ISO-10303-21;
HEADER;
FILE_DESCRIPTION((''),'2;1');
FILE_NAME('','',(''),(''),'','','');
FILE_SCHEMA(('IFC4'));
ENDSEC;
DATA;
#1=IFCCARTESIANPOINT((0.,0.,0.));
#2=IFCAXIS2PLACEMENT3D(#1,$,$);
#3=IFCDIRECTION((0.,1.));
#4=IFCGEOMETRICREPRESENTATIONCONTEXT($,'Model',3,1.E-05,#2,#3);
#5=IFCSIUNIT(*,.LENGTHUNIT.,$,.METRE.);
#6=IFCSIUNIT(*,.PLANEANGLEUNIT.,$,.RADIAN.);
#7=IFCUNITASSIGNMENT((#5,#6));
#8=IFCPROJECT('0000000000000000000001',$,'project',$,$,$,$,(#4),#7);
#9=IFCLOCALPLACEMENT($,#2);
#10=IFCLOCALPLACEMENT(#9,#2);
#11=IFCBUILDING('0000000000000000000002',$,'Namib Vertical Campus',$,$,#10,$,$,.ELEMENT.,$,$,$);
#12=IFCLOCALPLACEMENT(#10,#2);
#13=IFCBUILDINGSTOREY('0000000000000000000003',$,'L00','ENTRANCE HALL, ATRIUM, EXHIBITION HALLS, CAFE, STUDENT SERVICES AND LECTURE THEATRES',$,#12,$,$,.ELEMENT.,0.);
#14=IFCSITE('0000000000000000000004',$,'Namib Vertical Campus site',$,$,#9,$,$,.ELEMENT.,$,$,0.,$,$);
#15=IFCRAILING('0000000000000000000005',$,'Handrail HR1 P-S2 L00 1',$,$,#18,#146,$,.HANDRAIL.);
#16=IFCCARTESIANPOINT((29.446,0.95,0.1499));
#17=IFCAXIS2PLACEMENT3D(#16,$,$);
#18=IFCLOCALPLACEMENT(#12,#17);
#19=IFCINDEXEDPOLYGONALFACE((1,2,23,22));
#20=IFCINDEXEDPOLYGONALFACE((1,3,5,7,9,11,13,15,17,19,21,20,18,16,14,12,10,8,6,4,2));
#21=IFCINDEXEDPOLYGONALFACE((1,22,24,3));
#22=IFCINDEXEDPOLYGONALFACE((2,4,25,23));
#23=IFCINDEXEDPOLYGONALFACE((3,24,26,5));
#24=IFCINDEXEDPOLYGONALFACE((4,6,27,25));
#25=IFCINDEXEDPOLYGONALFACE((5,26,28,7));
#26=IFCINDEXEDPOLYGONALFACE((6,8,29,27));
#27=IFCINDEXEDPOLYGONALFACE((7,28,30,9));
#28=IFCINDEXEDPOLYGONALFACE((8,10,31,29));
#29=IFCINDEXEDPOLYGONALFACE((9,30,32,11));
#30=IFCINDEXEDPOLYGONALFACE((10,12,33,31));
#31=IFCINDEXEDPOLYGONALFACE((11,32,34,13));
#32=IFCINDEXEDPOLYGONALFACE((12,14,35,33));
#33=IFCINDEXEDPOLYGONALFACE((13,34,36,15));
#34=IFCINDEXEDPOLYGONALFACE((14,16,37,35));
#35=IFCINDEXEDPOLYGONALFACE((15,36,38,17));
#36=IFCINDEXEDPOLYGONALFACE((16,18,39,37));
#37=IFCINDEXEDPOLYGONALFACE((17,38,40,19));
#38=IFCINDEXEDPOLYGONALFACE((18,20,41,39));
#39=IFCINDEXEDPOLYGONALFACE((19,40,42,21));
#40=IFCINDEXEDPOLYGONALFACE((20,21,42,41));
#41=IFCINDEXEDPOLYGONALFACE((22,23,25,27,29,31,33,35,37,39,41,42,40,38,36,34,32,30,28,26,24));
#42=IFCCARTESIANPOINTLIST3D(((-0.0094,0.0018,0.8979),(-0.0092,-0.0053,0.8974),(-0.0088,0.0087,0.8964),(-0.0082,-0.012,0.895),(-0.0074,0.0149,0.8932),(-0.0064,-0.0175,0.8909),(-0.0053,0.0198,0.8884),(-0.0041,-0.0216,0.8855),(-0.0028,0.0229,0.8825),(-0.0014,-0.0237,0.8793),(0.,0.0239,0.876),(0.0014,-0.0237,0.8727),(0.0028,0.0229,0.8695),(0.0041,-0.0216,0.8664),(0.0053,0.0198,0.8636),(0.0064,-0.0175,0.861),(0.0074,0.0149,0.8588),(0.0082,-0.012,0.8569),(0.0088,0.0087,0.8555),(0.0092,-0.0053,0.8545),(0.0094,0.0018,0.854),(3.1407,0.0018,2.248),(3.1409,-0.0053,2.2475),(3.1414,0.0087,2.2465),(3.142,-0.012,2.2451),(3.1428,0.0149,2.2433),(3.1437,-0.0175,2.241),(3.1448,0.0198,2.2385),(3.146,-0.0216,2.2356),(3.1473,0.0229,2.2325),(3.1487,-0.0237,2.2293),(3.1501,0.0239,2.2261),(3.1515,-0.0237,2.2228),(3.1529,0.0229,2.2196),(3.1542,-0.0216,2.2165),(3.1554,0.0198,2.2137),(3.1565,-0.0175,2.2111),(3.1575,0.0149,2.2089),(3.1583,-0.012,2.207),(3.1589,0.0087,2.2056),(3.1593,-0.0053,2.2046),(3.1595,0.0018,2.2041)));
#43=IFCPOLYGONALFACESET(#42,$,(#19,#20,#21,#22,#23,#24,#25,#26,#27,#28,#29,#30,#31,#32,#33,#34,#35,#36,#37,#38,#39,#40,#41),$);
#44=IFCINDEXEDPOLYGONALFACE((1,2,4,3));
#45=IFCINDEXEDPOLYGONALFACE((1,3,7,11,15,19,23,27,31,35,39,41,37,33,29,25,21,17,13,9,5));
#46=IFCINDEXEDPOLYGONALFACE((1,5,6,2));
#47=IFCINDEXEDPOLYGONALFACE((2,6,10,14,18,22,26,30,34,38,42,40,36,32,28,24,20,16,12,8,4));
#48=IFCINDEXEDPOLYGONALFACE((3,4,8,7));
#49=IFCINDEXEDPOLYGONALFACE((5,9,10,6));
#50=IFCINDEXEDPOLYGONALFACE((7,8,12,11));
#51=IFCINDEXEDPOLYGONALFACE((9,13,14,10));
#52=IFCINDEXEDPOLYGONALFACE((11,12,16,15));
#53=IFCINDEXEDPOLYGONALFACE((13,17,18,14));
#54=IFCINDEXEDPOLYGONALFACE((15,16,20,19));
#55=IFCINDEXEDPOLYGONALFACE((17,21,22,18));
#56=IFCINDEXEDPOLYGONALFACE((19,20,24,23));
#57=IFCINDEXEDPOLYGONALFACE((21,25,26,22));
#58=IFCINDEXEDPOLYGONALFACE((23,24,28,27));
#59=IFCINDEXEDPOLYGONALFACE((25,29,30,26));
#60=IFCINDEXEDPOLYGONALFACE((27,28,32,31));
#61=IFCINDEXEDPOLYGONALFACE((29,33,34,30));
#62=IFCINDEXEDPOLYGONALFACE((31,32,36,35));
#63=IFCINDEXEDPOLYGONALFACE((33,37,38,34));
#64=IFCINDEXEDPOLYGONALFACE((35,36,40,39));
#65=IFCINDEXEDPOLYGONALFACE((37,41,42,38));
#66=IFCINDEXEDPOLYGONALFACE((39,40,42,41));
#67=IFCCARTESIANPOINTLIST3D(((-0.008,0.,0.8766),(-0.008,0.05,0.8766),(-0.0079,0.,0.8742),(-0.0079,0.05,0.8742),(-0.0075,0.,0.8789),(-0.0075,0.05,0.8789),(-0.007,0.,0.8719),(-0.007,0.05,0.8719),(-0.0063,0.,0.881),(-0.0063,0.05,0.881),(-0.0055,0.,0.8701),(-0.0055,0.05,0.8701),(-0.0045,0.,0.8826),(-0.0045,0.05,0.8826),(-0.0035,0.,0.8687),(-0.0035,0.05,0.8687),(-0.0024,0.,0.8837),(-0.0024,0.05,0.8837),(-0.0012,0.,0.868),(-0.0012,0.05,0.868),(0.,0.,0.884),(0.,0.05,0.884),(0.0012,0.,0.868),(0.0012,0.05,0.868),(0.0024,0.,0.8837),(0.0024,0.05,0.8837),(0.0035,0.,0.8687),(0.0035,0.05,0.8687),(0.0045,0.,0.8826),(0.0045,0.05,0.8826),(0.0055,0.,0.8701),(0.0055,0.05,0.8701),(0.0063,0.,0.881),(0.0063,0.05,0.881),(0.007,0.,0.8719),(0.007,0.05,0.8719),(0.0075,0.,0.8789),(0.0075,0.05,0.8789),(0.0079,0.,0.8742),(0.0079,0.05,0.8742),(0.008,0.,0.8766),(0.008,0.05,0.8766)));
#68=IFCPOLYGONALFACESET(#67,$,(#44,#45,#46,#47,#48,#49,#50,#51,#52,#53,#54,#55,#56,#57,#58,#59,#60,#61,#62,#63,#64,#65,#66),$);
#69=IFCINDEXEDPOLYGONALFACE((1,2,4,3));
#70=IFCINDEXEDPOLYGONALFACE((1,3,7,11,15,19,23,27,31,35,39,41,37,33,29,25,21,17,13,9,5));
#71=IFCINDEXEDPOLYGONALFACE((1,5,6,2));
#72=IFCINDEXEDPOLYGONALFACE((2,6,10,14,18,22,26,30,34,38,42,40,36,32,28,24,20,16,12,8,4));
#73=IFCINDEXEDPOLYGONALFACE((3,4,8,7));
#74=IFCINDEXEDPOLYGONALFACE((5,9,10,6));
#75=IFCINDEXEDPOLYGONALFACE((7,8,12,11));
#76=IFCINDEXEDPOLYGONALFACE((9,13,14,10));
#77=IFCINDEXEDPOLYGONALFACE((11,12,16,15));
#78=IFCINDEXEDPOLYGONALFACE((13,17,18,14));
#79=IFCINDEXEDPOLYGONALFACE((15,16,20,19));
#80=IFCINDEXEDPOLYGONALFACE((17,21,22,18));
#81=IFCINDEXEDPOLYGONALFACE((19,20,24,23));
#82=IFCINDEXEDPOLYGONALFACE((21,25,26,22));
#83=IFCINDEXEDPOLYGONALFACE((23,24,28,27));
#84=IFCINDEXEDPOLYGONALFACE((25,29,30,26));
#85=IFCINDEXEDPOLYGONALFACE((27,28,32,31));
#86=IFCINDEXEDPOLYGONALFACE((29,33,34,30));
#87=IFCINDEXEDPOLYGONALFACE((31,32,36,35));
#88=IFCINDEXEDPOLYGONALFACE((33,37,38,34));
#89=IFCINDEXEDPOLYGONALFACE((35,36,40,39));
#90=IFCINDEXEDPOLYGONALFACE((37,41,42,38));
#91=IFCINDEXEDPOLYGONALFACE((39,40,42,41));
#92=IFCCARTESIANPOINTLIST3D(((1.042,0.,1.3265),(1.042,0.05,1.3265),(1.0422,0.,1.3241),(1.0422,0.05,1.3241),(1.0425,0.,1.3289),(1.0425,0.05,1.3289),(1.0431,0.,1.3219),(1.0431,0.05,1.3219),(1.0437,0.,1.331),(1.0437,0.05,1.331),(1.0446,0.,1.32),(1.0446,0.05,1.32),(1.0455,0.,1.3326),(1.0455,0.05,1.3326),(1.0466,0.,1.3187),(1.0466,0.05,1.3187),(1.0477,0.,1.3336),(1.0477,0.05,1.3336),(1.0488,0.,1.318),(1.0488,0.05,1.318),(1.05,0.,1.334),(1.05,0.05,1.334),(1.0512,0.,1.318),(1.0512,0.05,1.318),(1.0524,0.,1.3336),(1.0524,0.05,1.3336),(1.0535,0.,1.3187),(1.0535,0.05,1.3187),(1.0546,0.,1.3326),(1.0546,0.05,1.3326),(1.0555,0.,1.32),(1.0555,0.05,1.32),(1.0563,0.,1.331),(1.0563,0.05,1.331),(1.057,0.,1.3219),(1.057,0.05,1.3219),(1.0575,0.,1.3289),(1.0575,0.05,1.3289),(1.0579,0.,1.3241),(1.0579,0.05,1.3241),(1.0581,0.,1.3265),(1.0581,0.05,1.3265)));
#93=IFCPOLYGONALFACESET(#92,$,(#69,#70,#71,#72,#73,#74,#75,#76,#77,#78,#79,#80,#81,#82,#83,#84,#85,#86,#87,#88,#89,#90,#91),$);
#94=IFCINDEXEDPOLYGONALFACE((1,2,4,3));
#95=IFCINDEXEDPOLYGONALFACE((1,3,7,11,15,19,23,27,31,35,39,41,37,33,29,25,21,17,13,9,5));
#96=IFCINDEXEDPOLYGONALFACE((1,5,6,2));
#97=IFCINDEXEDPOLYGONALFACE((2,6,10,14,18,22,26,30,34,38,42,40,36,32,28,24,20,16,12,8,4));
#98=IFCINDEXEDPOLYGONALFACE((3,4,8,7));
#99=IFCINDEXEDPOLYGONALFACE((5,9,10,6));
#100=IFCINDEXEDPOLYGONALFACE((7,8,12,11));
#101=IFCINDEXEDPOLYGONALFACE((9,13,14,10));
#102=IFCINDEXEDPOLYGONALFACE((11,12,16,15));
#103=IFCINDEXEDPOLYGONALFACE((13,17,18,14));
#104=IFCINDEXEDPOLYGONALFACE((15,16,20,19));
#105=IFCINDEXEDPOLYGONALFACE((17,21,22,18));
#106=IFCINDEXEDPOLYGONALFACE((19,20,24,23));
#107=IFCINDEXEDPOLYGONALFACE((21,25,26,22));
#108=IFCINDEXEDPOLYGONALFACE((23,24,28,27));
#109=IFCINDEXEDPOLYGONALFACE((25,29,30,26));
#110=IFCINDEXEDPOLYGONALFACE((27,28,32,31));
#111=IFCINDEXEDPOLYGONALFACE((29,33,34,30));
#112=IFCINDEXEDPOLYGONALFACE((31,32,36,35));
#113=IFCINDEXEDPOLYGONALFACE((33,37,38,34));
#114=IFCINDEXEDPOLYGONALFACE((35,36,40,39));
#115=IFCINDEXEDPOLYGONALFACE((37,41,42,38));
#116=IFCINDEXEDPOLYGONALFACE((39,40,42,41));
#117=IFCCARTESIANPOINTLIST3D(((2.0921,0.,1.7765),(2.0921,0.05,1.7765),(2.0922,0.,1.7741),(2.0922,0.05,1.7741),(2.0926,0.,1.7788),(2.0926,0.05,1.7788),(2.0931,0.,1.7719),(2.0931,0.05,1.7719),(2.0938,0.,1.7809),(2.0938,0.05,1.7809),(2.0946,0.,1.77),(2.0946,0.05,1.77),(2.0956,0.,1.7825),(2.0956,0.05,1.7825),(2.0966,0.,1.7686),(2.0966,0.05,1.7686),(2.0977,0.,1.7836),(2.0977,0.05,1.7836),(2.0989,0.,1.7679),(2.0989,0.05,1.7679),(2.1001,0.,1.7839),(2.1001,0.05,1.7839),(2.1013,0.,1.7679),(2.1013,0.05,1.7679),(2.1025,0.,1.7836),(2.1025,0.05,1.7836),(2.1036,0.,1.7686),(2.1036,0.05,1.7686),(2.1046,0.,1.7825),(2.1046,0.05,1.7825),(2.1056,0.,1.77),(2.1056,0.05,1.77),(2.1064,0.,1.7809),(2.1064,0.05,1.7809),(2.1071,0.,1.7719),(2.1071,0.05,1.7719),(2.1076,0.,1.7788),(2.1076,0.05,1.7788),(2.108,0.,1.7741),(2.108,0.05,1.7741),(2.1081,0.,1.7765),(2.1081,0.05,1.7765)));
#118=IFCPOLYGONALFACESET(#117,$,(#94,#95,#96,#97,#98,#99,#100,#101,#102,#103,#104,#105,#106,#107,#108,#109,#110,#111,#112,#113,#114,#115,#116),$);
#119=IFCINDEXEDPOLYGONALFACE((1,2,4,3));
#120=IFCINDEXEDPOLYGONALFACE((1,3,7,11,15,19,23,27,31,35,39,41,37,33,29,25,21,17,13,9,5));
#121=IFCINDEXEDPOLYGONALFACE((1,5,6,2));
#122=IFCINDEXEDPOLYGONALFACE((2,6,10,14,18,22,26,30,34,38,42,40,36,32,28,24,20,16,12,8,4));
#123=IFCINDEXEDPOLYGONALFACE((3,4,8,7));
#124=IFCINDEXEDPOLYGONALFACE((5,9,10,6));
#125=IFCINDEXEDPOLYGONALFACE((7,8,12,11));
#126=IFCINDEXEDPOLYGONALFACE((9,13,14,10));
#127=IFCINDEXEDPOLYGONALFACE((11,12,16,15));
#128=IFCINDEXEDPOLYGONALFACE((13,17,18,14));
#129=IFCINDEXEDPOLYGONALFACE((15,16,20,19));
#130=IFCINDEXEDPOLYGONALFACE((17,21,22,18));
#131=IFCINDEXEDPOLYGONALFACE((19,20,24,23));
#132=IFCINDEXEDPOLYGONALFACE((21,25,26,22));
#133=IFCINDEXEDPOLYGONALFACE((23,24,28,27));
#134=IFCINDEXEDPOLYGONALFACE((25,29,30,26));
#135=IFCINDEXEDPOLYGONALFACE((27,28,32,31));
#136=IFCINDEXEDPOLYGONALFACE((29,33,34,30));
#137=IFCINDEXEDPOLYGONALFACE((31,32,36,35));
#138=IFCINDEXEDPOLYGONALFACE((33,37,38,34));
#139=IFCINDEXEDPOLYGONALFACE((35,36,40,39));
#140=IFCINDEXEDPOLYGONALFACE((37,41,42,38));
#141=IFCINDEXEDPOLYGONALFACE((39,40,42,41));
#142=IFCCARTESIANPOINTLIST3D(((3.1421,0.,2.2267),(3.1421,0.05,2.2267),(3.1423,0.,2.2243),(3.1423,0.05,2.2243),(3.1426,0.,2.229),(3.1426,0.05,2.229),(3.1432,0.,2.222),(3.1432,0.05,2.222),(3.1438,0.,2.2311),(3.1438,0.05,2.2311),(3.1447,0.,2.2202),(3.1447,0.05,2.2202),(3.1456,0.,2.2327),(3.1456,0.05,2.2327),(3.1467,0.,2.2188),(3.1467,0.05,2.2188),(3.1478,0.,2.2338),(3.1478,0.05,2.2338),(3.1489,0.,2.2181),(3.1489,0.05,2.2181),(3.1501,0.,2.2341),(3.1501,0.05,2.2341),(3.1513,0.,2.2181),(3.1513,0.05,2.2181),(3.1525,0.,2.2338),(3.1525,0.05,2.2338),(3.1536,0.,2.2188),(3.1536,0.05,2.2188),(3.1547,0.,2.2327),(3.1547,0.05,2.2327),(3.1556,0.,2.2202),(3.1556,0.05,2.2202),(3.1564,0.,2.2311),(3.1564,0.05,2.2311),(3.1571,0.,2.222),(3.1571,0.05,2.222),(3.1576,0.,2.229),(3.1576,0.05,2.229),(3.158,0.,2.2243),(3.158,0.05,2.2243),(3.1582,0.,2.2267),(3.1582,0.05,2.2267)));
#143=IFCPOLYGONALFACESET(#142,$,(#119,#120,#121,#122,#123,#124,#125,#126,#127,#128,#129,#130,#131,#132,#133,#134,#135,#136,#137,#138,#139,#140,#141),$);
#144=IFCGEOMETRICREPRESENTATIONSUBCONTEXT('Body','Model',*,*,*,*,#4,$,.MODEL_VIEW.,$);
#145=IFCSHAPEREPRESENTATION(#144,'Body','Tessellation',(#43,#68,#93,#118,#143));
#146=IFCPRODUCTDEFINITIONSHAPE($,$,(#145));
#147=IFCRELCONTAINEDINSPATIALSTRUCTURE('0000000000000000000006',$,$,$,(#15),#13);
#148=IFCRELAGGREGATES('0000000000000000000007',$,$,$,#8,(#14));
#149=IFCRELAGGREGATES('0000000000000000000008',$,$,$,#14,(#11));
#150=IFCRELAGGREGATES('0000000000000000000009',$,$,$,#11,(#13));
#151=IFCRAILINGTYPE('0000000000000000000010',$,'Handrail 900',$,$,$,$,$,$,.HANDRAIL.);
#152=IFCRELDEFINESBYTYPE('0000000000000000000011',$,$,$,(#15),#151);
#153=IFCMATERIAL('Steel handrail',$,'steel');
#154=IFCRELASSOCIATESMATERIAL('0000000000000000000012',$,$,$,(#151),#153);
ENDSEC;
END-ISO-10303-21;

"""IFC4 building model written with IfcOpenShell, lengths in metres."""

from ifc_helpers import new_model, si_unit, direction, frame, origin, origin_2d, place, context, subcontext, project, spatial, circle, extrude, material, type_object, element, save


model = new_model("IFC4")

# Units and contexts
model_context = context("Model", 3, precision=1e-05, world=origin(), true_north=direction((0.0, 1.0)))
body_context = subcontext(model_context, "Body", "Model", "MODEL_VIEW")
ifc_project = project(units=[si_unit("LENGTHUNIT", "METRE"), si_unit("PLANEANGLEUNIT", "RADIAN")], contexts=[model_context])

# Site, building, storey
site_placement = place(None, origin())
site = spatial("IfcSite", under=ifc_project, at=site_placement, Name="Namib Vertical Campus site", CompositionType="ELEMENT", RefElevation=0.0)
building_placement = place(site_placement, origin())
building = spatial("IfcBuilding", under=site, at=building_placement, Name="Namib Vertical Campus", CompositionType="ELEMENT")
storey_placement = place(building_placement, origin())
storey = spatial("IfcBuildingStorey", under=building, at=storey_placement, Name="L00", Description="ENTRANCE HALL, ATRIUM, EXHIBITION HALLS, CAFE, STUDENT SERVICES AND LECTURE THEATRES", CompositionType="ELEMENT", Elevation=0.0)

# Railing
ifc_material_1 = material(Name="Steel handrail", Category="steel")
railing_type_1 = type_object("IfcRailingType", Name="Handrail 900", PredefinedType="HANDRAIL", material=ifc_material_1)
railing_1_placement = place(storey_placement, frame((29.446, 0.95, 0.1499)))
element("IfcRailing", 1, at=railing_1_placement, inside=storey, type_object=railing_type_1, Name="Handrail HR1 P-S2 L00 1", PredefinedType="HANDRAIL", context=body_context, shape_type="SweptSolid", body=[
    extrude(circle(Radius=0.0239, at=origin_2d()), frame((0.0, 0.0, 0.876), z_axis=(0.919141, 0.0, 0.393928), x_axis=(0.0, 1.0, 0.0)), (0.0, 0.0, 1.0), 3.4272),
    extrude(circle(Radius=0.0081, at=origin_2d()), frame((0.0, 0.0, 0.876), z_axis=(0.0, 1.0, 0.0), x_axis=(0.0, 0.0, 1.0)), (0.0, 0.0, 1.0), 0.05),
    extrude(circle(Radius=0.0081, at=origin_2d()), frame((1.05, 0.0, 1.3259), z_axis=(0.0, 1.0, 0.0), x_axis=(0.0, 0.0, 1.0)), (0.0, 0.0, 1.0), 0.05),
    extrude(circle(Radius=0.0081, at=origin_2d()), frame((2.1001, 0.0, 1.7759), z_axis=(0.0, 1.0, 0.0), x_axis=(0.0, 0.0, 1.0)), (0.0, 0.0, 1.0), 0.05),
    extrude(circle(Radius=0.0081, at=origin_2d()), frame((3.1501, 0.0, 2.2261), z_axis=(0.0, 1.0, 0.0), x_axis=(0.0, 0.0, 1.0)), (0.0, 0.0, 1.0), 0.05),
])

save(model, "model.ifc")
